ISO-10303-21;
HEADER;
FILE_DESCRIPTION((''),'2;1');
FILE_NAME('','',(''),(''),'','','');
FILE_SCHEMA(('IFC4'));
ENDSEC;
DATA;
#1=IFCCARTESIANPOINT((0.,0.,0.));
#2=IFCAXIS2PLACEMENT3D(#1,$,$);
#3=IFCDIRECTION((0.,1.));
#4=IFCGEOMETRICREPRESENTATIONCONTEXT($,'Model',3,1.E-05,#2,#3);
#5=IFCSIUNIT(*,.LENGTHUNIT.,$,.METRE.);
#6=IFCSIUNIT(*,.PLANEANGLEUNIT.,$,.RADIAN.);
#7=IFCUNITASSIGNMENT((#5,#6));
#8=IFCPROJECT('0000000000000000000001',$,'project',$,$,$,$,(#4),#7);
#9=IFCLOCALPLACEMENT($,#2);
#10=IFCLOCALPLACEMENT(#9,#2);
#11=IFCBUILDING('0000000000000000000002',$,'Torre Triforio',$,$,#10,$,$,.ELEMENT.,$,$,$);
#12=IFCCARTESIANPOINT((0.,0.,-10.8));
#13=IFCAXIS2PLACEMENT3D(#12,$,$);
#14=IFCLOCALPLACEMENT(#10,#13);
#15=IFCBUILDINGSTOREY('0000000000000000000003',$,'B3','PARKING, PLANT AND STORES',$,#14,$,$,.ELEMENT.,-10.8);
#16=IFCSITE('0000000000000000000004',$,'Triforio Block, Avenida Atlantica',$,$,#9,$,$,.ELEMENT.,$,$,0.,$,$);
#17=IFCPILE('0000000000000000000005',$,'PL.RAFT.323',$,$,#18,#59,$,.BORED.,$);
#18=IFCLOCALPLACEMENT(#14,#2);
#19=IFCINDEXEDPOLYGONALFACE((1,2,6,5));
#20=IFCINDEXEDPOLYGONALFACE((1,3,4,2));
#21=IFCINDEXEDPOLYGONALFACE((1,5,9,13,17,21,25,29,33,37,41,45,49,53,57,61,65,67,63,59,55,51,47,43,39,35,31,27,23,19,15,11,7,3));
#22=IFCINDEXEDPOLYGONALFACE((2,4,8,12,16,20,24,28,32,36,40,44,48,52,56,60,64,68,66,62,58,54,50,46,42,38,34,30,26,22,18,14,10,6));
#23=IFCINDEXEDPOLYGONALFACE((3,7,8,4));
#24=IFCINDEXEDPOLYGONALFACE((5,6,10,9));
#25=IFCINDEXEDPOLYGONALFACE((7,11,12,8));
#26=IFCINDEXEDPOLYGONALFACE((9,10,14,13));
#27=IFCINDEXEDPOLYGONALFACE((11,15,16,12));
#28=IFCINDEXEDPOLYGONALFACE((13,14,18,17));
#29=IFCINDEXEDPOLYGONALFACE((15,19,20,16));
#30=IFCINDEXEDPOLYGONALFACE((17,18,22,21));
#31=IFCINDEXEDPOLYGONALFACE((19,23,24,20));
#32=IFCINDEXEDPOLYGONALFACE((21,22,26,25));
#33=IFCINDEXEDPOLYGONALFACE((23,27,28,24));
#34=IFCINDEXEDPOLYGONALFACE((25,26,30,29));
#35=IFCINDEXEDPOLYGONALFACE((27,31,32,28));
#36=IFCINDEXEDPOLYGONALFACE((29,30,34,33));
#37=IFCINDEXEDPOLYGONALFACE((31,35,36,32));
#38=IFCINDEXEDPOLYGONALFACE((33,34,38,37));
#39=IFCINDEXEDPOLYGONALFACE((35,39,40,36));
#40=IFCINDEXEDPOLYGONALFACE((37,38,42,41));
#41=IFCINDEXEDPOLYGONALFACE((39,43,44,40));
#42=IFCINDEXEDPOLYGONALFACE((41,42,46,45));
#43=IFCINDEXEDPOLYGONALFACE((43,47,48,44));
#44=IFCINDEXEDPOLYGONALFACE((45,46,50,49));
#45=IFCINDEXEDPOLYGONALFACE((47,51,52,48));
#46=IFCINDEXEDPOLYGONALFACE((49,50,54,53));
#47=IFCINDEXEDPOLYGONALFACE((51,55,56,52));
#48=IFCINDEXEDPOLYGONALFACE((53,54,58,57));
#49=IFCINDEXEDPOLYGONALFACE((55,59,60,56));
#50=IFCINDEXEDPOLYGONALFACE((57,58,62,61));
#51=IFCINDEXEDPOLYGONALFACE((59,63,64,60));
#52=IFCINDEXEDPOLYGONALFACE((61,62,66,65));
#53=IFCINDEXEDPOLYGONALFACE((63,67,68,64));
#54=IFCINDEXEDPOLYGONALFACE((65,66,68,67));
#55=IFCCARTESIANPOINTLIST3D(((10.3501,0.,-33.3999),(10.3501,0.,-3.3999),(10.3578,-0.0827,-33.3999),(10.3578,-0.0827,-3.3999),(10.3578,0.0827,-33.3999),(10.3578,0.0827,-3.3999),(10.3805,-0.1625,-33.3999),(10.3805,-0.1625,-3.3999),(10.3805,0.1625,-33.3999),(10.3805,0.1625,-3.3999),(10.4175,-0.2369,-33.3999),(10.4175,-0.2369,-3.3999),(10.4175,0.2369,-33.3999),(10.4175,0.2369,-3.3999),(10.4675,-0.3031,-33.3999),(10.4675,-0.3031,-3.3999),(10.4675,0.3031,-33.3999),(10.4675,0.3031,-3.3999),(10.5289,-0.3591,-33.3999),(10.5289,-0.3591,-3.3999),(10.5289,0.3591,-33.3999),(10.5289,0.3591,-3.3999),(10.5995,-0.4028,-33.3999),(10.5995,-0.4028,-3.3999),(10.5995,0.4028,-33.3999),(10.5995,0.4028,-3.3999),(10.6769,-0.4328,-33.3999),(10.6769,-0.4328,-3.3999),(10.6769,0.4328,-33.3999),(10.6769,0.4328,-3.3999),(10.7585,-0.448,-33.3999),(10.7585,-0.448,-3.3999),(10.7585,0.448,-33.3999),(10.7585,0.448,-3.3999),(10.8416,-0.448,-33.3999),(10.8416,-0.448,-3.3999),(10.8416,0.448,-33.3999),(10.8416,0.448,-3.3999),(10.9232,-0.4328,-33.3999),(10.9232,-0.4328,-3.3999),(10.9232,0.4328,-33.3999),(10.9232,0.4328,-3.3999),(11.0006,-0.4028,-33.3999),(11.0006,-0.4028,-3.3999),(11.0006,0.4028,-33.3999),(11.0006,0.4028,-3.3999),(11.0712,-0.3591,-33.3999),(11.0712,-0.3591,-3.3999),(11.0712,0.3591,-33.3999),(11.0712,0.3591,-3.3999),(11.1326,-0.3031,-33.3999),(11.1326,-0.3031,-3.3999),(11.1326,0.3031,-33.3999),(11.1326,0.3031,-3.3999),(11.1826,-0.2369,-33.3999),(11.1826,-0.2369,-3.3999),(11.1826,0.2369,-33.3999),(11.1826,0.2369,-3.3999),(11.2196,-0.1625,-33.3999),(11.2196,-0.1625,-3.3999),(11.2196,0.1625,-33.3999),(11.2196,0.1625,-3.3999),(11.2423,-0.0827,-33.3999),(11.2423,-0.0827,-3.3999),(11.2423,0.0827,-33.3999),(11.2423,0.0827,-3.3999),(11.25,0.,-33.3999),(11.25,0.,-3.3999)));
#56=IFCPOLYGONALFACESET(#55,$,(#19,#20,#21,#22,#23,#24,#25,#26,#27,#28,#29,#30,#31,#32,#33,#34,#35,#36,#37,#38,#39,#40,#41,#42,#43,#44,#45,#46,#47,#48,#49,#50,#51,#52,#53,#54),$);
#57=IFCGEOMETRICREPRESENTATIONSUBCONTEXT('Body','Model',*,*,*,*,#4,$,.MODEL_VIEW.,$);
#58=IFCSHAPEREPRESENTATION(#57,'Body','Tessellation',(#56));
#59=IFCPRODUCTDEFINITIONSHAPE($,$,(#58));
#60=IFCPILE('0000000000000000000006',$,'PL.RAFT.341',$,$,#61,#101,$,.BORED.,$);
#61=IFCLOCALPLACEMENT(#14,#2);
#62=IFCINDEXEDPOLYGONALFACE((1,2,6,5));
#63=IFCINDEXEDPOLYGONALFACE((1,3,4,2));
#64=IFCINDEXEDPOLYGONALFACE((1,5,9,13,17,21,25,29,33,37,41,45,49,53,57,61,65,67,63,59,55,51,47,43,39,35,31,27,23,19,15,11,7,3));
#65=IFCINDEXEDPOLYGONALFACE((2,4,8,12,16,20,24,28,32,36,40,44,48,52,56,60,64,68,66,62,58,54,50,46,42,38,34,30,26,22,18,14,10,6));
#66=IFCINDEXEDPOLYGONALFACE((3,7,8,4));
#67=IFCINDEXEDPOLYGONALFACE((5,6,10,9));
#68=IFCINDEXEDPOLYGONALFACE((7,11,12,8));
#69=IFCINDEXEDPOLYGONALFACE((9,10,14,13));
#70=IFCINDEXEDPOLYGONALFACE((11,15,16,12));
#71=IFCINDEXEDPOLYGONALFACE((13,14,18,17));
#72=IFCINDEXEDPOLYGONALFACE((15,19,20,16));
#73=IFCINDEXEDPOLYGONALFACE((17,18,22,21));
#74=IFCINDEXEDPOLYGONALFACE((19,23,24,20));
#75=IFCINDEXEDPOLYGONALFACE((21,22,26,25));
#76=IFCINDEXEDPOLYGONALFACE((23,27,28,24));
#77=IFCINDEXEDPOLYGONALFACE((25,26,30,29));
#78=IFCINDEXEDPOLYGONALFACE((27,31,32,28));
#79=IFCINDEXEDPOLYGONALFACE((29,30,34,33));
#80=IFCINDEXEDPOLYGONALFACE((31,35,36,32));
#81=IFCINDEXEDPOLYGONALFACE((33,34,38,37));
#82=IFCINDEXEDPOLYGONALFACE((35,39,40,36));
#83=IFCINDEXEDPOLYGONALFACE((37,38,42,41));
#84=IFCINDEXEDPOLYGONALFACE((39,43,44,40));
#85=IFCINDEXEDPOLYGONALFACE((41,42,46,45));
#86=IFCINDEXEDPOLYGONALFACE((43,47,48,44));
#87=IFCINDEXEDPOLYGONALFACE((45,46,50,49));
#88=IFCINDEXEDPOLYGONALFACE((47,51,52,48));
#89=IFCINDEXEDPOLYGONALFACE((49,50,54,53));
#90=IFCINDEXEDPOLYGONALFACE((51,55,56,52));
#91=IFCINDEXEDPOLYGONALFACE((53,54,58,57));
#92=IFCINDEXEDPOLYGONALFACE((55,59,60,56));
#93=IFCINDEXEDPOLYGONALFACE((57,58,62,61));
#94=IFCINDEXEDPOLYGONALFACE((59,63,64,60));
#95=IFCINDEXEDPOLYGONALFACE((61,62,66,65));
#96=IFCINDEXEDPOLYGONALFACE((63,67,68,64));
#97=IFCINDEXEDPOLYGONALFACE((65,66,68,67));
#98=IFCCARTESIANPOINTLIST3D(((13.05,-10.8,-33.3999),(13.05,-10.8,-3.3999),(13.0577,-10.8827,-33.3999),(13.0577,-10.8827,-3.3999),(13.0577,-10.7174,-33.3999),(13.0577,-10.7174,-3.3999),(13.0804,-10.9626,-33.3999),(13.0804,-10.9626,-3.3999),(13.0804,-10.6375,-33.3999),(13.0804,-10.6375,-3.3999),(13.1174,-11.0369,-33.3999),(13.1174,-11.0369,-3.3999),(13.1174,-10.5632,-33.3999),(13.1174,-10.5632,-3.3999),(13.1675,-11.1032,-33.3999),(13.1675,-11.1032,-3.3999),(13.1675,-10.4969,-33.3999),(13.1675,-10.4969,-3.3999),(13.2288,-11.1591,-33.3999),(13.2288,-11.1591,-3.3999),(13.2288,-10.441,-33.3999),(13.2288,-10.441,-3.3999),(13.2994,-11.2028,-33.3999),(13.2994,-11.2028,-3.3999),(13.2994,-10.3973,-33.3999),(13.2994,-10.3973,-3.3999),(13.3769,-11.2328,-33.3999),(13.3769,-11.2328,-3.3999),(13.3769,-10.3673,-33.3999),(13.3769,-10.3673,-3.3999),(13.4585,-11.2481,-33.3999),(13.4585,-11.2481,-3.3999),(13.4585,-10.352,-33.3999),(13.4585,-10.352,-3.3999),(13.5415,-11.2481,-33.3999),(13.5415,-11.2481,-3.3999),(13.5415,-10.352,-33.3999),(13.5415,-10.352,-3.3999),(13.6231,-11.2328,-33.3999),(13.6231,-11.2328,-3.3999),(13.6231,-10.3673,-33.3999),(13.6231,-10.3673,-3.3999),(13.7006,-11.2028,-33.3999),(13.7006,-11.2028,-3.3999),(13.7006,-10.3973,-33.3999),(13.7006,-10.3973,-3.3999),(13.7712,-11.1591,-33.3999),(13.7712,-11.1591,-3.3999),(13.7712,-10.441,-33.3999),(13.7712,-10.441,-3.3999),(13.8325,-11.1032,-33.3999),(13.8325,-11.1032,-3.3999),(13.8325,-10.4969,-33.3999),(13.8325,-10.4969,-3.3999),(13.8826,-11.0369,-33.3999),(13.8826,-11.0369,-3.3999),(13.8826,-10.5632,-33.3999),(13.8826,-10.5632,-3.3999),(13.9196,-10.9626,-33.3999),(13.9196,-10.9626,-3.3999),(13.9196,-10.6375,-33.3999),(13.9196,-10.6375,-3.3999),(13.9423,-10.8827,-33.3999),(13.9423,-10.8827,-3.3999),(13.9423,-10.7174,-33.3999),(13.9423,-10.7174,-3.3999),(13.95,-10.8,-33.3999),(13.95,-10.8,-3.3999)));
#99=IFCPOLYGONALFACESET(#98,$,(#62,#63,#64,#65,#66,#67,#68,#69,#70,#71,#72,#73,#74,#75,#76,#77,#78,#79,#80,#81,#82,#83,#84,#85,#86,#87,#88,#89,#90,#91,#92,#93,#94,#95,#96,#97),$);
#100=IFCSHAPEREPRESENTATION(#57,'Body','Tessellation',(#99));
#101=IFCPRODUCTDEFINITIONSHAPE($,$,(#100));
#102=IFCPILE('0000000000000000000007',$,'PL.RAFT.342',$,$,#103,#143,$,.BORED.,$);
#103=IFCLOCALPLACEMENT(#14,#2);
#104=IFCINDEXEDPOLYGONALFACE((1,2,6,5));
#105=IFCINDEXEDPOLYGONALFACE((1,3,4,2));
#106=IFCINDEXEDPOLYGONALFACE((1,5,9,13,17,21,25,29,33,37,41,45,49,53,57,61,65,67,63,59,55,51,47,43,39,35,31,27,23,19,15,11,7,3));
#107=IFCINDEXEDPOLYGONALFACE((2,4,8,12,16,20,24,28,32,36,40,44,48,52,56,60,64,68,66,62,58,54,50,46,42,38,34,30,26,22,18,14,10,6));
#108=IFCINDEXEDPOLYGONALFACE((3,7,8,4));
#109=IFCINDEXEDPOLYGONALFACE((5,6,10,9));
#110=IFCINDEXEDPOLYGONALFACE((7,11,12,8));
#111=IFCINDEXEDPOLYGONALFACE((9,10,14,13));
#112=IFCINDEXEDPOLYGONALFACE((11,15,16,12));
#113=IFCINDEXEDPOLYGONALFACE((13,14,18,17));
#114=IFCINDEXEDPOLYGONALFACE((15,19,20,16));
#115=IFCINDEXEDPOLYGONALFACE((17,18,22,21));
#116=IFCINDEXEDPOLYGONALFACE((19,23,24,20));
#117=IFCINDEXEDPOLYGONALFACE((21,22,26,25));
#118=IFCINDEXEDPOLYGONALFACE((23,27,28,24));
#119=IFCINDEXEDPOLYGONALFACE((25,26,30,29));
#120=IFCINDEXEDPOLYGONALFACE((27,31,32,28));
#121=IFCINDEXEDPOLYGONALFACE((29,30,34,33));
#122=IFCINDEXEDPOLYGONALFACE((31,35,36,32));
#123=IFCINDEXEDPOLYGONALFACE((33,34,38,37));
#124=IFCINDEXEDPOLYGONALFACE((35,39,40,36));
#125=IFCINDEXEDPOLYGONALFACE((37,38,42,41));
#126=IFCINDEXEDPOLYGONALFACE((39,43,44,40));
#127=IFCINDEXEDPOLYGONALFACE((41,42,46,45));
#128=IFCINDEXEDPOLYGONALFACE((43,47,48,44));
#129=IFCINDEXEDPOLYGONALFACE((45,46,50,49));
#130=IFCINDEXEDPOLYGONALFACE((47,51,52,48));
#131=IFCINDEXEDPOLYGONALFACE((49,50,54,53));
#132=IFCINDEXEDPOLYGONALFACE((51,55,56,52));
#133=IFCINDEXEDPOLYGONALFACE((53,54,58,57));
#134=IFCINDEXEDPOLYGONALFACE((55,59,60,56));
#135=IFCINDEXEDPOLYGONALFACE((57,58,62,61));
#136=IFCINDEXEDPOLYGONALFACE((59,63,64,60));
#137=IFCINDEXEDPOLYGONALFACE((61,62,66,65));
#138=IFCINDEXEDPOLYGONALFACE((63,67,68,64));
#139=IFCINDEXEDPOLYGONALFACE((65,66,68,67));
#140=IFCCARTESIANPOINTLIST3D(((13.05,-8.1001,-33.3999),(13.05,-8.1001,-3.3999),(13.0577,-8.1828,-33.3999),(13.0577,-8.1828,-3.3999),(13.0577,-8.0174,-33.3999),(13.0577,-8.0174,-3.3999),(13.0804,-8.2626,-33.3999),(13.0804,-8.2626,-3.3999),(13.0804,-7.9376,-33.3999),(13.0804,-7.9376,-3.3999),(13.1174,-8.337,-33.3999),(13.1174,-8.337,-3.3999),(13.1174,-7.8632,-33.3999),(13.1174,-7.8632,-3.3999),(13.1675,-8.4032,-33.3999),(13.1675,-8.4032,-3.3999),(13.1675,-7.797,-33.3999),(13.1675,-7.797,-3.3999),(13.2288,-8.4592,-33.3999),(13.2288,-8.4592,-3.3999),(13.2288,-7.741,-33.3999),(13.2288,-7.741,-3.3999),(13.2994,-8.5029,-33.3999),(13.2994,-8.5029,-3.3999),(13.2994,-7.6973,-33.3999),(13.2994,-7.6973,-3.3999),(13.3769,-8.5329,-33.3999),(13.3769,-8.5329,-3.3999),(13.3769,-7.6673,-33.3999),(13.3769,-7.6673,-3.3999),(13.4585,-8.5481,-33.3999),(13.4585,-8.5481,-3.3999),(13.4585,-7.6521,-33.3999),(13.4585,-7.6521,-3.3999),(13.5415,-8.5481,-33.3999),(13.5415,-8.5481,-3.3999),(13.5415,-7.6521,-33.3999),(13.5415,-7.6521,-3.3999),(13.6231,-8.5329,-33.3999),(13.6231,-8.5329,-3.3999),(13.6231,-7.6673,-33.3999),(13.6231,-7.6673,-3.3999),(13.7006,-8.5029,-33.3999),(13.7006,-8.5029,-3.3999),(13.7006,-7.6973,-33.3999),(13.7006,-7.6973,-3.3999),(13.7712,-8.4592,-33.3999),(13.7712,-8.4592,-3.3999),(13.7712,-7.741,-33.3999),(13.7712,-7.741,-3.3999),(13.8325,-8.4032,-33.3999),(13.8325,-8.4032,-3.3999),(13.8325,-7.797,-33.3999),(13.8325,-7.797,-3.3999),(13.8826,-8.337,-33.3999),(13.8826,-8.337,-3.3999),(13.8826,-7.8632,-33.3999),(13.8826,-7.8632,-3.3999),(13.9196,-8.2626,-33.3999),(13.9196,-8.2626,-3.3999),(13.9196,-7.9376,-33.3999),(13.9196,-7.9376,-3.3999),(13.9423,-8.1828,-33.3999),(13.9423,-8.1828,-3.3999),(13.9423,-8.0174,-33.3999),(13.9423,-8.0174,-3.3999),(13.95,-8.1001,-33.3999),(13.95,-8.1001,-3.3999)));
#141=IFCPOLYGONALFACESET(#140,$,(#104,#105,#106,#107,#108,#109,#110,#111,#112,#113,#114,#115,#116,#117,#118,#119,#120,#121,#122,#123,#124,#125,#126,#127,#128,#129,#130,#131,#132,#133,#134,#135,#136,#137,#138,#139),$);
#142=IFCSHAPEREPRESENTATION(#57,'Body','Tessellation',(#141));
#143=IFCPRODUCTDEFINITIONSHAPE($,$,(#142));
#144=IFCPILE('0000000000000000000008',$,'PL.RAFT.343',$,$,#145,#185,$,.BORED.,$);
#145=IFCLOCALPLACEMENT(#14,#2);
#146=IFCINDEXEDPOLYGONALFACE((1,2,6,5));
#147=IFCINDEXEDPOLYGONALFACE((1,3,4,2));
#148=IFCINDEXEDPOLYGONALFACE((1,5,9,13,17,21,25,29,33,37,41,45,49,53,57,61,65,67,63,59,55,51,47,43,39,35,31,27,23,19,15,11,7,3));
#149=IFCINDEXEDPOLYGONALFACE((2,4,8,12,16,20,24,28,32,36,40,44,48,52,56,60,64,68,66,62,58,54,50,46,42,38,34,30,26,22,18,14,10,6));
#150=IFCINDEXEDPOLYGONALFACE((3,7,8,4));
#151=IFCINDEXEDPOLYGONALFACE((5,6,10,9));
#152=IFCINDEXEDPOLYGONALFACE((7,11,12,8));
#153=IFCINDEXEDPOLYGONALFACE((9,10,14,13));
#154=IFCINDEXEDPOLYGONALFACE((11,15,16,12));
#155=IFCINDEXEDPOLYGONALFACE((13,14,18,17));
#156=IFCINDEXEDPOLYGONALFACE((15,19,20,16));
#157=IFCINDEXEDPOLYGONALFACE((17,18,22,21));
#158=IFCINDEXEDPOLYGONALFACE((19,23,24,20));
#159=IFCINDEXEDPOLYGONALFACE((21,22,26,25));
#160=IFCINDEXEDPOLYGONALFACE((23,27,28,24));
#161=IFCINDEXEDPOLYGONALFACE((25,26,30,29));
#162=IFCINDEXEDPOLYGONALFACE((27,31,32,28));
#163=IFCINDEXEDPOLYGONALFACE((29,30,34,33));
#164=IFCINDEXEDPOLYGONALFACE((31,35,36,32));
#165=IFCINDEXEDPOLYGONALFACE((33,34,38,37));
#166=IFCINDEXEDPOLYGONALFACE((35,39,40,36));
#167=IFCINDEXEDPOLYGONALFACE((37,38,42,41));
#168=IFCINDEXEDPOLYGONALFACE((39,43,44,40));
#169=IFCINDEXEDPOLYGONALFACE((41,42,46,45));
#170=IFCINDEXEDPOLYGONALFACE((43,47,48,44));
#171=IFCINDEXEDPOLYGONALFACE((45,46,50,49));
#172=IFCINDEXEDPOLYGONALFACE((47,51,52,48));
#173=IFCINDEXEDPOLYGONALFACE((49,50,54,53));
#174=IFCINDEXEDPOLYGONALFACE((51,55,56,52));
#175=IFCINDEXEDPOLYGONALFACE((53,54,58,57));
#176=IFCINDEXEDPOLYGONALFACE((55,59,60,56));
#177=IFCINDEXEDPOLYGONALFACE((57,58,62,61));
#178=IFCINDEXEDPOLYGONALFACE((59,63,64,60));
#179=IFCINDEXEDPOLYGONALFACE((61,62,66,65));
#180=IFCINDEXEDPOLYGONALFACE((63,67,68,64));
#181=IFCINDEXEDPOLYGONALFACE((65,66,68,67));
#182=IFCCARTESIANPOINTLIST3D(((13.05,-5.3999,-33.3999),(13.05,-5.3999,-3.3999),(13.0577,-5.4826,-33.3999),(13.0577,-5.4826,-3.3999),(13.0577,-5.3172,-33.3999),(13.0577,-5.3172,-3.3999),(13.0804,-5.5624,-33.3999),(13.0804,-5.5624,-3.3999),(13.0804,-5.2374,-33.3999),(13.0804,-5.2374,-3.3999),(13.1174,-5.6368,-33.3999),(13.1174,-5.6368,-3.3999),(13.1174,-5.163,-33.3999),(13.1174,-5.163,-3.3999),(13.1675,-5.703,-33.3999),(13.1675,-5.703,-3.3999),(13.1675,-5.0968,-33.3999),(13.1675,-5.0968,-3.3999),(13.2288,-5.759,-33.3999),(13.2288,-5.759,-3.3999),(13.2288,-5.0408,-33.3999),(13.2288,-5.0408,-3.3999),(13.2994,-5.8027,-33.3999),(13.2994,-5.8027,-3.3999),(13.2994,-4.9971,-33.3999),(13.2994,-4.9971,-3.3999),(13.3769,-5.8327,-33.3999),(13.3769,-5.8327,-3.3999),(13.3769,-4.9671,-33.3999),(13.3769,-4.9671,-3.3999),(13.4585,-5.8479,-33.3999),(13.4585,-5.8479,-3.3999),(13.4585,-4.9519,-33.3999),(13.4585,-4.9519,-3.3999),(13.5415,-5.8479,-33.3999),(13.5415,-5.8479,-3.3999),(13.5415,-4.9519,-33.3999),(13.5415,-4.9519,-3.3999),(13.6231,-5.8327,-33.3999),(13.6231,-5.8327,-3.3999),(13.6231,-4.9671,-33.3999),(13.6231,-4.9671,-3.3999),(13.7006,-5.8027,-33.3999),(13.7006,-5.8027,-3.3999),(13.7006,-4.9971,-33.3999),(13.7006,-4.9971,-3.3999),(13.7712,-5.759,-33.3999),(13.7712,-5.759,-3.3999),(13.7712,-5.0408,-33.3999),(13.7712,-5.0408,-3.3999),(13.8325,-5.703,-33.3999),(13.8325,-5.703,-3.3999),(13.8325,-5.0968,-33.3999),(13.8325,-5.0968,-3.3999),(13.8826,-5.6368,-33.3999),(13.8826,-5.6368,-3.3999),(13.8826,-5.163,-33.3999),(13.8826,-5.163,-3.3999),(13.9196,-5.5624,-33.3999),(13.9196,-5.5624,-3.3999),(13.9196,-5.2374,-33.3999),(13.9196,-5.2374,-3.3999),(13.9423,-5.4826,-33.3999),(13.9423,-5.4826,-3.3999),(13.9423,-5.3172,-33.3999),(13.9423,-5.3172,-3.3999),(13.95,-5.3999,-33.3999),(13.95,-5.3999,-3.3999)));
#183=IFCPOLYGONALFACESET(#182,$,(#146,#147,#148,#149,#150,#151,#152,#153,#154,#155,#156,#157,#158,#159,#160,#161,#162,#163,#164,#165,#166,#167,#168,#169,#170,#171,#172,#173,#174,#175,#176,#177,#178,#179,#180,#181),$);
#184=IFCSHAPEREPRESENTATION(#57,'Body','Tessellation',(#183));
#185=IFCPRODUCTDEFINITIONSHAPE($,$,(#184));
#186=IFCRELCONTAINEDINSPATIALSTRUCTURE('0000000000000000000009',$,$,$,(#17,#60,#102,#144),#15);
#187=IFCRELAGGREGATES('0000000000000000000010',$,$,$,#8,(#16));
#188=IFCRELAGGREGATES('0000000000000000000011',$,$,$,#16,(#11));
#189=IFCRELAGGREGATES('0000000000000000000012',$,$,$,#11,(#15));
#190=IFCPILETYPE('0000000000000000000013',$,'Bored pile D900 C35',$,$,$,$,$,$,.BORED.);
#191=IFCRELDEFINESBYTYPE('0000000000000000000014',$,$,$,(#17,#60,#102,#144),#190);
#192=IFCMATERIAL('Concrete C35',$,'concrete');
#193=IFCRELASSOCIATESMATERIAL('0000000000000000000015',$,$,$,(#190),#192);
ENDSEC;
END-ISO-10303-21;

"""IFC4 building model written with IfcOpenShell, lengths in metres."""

from ifc_helpers import new_model, si_unit, direction, frame, origin, origin_2d, place, context, subcontext, project, spatial, circle, extrude, material, material_profile, profile_set, type_object, element, save


model = new_model("IFC4")

# Units and contexts
model_context = context("Model", 3, precision=1e-05, world=origin(), true_north=direction((0.0, 1.0)))
body_context = subcontext(model_context, "Body", "Model", "MODEL_VIEW")
ifc_project = project(units=[si_unit("LENGTHUNIT", "METRE"), si_unit("PLANEANGLEUNIT", "RADIAN")], contexts=[model_context])

# Site, building, storey
site_placement = place(None, origin())
site = spatial("IfcSite", under=ifc_project, at=site_placement, Name="Triforio Block, Avenida Atlantica", CompositionType="ELEMENT", RefElevation=0.0)
building_placement = place(site_placement, origin())
building = spatial("IfcBuilding", under=site, at=building_placement, Name="Torre Triforio", CompositionType="ELEMENT")
storey_placement = place(building_placement, frame((0.0, 0.0, -10.8)))
storey = spatial("IfcBuildingStorey", under=building, at=storey_placement, Name="B3", Description="PARKING, PLANT AND STORES", CompositionType="ELEMENT", Elevation=-10.8)

# Piles
ifc_material_1 = material(Name="Concrete C35", Category="concrete")
ifc_material_profile_1 = material_profile(ifc_material_1, circle(Radius=0.45, at=origin_2d()), Name="RC D900")
ifc_profile_set_1 = profile_set([ifc_material_profile_1], Name="Concrete C35")
pile_type = type_object("IfcPileType", Name="Bored pile D900 C35", PredefinedType="BORED", material=ifc_profile_set_1)
for number, where, z_axis, x_axis, name in (
    (1, (10.8, 0.0, -3.3999), (0.0, 0.0, -1.0), (1.0, 0.0, 0.0), "PL.RAFT.323"),
    (2, (13.5, -10.8, -3.3999), (0.0, 0.0, -1.0), (1.0, 0.0, 0.0), "PL.RAFT.341"),
    (3, (13.5, -8.1001, -3.3999), (0.0, 0.0, -1.0), (1.0, 0.0, 0.0), "PL.RAFT.342"),
    (4, (13.5, -5.3999, -3.3999), (0.0, 0.0, -1.0), (1.0, 0.0, 0.0), "PL.RAFT.343"),
):
    element("IfcPile", number, at=place(storey_placement, frame(where, z_axis=z_axis, x_axis=x_axis)), inside=storey, type_object=pile_type, Name=name, PredefinedType="BORED", context=body_context, shape_type="SweptSolid", body=[
        extrude(circle(Radius=0.45, at=origin_2d()), origin(), (0.0, 0.0, 1.0), 30.0),
    ])

save(model, "model.ifc")
